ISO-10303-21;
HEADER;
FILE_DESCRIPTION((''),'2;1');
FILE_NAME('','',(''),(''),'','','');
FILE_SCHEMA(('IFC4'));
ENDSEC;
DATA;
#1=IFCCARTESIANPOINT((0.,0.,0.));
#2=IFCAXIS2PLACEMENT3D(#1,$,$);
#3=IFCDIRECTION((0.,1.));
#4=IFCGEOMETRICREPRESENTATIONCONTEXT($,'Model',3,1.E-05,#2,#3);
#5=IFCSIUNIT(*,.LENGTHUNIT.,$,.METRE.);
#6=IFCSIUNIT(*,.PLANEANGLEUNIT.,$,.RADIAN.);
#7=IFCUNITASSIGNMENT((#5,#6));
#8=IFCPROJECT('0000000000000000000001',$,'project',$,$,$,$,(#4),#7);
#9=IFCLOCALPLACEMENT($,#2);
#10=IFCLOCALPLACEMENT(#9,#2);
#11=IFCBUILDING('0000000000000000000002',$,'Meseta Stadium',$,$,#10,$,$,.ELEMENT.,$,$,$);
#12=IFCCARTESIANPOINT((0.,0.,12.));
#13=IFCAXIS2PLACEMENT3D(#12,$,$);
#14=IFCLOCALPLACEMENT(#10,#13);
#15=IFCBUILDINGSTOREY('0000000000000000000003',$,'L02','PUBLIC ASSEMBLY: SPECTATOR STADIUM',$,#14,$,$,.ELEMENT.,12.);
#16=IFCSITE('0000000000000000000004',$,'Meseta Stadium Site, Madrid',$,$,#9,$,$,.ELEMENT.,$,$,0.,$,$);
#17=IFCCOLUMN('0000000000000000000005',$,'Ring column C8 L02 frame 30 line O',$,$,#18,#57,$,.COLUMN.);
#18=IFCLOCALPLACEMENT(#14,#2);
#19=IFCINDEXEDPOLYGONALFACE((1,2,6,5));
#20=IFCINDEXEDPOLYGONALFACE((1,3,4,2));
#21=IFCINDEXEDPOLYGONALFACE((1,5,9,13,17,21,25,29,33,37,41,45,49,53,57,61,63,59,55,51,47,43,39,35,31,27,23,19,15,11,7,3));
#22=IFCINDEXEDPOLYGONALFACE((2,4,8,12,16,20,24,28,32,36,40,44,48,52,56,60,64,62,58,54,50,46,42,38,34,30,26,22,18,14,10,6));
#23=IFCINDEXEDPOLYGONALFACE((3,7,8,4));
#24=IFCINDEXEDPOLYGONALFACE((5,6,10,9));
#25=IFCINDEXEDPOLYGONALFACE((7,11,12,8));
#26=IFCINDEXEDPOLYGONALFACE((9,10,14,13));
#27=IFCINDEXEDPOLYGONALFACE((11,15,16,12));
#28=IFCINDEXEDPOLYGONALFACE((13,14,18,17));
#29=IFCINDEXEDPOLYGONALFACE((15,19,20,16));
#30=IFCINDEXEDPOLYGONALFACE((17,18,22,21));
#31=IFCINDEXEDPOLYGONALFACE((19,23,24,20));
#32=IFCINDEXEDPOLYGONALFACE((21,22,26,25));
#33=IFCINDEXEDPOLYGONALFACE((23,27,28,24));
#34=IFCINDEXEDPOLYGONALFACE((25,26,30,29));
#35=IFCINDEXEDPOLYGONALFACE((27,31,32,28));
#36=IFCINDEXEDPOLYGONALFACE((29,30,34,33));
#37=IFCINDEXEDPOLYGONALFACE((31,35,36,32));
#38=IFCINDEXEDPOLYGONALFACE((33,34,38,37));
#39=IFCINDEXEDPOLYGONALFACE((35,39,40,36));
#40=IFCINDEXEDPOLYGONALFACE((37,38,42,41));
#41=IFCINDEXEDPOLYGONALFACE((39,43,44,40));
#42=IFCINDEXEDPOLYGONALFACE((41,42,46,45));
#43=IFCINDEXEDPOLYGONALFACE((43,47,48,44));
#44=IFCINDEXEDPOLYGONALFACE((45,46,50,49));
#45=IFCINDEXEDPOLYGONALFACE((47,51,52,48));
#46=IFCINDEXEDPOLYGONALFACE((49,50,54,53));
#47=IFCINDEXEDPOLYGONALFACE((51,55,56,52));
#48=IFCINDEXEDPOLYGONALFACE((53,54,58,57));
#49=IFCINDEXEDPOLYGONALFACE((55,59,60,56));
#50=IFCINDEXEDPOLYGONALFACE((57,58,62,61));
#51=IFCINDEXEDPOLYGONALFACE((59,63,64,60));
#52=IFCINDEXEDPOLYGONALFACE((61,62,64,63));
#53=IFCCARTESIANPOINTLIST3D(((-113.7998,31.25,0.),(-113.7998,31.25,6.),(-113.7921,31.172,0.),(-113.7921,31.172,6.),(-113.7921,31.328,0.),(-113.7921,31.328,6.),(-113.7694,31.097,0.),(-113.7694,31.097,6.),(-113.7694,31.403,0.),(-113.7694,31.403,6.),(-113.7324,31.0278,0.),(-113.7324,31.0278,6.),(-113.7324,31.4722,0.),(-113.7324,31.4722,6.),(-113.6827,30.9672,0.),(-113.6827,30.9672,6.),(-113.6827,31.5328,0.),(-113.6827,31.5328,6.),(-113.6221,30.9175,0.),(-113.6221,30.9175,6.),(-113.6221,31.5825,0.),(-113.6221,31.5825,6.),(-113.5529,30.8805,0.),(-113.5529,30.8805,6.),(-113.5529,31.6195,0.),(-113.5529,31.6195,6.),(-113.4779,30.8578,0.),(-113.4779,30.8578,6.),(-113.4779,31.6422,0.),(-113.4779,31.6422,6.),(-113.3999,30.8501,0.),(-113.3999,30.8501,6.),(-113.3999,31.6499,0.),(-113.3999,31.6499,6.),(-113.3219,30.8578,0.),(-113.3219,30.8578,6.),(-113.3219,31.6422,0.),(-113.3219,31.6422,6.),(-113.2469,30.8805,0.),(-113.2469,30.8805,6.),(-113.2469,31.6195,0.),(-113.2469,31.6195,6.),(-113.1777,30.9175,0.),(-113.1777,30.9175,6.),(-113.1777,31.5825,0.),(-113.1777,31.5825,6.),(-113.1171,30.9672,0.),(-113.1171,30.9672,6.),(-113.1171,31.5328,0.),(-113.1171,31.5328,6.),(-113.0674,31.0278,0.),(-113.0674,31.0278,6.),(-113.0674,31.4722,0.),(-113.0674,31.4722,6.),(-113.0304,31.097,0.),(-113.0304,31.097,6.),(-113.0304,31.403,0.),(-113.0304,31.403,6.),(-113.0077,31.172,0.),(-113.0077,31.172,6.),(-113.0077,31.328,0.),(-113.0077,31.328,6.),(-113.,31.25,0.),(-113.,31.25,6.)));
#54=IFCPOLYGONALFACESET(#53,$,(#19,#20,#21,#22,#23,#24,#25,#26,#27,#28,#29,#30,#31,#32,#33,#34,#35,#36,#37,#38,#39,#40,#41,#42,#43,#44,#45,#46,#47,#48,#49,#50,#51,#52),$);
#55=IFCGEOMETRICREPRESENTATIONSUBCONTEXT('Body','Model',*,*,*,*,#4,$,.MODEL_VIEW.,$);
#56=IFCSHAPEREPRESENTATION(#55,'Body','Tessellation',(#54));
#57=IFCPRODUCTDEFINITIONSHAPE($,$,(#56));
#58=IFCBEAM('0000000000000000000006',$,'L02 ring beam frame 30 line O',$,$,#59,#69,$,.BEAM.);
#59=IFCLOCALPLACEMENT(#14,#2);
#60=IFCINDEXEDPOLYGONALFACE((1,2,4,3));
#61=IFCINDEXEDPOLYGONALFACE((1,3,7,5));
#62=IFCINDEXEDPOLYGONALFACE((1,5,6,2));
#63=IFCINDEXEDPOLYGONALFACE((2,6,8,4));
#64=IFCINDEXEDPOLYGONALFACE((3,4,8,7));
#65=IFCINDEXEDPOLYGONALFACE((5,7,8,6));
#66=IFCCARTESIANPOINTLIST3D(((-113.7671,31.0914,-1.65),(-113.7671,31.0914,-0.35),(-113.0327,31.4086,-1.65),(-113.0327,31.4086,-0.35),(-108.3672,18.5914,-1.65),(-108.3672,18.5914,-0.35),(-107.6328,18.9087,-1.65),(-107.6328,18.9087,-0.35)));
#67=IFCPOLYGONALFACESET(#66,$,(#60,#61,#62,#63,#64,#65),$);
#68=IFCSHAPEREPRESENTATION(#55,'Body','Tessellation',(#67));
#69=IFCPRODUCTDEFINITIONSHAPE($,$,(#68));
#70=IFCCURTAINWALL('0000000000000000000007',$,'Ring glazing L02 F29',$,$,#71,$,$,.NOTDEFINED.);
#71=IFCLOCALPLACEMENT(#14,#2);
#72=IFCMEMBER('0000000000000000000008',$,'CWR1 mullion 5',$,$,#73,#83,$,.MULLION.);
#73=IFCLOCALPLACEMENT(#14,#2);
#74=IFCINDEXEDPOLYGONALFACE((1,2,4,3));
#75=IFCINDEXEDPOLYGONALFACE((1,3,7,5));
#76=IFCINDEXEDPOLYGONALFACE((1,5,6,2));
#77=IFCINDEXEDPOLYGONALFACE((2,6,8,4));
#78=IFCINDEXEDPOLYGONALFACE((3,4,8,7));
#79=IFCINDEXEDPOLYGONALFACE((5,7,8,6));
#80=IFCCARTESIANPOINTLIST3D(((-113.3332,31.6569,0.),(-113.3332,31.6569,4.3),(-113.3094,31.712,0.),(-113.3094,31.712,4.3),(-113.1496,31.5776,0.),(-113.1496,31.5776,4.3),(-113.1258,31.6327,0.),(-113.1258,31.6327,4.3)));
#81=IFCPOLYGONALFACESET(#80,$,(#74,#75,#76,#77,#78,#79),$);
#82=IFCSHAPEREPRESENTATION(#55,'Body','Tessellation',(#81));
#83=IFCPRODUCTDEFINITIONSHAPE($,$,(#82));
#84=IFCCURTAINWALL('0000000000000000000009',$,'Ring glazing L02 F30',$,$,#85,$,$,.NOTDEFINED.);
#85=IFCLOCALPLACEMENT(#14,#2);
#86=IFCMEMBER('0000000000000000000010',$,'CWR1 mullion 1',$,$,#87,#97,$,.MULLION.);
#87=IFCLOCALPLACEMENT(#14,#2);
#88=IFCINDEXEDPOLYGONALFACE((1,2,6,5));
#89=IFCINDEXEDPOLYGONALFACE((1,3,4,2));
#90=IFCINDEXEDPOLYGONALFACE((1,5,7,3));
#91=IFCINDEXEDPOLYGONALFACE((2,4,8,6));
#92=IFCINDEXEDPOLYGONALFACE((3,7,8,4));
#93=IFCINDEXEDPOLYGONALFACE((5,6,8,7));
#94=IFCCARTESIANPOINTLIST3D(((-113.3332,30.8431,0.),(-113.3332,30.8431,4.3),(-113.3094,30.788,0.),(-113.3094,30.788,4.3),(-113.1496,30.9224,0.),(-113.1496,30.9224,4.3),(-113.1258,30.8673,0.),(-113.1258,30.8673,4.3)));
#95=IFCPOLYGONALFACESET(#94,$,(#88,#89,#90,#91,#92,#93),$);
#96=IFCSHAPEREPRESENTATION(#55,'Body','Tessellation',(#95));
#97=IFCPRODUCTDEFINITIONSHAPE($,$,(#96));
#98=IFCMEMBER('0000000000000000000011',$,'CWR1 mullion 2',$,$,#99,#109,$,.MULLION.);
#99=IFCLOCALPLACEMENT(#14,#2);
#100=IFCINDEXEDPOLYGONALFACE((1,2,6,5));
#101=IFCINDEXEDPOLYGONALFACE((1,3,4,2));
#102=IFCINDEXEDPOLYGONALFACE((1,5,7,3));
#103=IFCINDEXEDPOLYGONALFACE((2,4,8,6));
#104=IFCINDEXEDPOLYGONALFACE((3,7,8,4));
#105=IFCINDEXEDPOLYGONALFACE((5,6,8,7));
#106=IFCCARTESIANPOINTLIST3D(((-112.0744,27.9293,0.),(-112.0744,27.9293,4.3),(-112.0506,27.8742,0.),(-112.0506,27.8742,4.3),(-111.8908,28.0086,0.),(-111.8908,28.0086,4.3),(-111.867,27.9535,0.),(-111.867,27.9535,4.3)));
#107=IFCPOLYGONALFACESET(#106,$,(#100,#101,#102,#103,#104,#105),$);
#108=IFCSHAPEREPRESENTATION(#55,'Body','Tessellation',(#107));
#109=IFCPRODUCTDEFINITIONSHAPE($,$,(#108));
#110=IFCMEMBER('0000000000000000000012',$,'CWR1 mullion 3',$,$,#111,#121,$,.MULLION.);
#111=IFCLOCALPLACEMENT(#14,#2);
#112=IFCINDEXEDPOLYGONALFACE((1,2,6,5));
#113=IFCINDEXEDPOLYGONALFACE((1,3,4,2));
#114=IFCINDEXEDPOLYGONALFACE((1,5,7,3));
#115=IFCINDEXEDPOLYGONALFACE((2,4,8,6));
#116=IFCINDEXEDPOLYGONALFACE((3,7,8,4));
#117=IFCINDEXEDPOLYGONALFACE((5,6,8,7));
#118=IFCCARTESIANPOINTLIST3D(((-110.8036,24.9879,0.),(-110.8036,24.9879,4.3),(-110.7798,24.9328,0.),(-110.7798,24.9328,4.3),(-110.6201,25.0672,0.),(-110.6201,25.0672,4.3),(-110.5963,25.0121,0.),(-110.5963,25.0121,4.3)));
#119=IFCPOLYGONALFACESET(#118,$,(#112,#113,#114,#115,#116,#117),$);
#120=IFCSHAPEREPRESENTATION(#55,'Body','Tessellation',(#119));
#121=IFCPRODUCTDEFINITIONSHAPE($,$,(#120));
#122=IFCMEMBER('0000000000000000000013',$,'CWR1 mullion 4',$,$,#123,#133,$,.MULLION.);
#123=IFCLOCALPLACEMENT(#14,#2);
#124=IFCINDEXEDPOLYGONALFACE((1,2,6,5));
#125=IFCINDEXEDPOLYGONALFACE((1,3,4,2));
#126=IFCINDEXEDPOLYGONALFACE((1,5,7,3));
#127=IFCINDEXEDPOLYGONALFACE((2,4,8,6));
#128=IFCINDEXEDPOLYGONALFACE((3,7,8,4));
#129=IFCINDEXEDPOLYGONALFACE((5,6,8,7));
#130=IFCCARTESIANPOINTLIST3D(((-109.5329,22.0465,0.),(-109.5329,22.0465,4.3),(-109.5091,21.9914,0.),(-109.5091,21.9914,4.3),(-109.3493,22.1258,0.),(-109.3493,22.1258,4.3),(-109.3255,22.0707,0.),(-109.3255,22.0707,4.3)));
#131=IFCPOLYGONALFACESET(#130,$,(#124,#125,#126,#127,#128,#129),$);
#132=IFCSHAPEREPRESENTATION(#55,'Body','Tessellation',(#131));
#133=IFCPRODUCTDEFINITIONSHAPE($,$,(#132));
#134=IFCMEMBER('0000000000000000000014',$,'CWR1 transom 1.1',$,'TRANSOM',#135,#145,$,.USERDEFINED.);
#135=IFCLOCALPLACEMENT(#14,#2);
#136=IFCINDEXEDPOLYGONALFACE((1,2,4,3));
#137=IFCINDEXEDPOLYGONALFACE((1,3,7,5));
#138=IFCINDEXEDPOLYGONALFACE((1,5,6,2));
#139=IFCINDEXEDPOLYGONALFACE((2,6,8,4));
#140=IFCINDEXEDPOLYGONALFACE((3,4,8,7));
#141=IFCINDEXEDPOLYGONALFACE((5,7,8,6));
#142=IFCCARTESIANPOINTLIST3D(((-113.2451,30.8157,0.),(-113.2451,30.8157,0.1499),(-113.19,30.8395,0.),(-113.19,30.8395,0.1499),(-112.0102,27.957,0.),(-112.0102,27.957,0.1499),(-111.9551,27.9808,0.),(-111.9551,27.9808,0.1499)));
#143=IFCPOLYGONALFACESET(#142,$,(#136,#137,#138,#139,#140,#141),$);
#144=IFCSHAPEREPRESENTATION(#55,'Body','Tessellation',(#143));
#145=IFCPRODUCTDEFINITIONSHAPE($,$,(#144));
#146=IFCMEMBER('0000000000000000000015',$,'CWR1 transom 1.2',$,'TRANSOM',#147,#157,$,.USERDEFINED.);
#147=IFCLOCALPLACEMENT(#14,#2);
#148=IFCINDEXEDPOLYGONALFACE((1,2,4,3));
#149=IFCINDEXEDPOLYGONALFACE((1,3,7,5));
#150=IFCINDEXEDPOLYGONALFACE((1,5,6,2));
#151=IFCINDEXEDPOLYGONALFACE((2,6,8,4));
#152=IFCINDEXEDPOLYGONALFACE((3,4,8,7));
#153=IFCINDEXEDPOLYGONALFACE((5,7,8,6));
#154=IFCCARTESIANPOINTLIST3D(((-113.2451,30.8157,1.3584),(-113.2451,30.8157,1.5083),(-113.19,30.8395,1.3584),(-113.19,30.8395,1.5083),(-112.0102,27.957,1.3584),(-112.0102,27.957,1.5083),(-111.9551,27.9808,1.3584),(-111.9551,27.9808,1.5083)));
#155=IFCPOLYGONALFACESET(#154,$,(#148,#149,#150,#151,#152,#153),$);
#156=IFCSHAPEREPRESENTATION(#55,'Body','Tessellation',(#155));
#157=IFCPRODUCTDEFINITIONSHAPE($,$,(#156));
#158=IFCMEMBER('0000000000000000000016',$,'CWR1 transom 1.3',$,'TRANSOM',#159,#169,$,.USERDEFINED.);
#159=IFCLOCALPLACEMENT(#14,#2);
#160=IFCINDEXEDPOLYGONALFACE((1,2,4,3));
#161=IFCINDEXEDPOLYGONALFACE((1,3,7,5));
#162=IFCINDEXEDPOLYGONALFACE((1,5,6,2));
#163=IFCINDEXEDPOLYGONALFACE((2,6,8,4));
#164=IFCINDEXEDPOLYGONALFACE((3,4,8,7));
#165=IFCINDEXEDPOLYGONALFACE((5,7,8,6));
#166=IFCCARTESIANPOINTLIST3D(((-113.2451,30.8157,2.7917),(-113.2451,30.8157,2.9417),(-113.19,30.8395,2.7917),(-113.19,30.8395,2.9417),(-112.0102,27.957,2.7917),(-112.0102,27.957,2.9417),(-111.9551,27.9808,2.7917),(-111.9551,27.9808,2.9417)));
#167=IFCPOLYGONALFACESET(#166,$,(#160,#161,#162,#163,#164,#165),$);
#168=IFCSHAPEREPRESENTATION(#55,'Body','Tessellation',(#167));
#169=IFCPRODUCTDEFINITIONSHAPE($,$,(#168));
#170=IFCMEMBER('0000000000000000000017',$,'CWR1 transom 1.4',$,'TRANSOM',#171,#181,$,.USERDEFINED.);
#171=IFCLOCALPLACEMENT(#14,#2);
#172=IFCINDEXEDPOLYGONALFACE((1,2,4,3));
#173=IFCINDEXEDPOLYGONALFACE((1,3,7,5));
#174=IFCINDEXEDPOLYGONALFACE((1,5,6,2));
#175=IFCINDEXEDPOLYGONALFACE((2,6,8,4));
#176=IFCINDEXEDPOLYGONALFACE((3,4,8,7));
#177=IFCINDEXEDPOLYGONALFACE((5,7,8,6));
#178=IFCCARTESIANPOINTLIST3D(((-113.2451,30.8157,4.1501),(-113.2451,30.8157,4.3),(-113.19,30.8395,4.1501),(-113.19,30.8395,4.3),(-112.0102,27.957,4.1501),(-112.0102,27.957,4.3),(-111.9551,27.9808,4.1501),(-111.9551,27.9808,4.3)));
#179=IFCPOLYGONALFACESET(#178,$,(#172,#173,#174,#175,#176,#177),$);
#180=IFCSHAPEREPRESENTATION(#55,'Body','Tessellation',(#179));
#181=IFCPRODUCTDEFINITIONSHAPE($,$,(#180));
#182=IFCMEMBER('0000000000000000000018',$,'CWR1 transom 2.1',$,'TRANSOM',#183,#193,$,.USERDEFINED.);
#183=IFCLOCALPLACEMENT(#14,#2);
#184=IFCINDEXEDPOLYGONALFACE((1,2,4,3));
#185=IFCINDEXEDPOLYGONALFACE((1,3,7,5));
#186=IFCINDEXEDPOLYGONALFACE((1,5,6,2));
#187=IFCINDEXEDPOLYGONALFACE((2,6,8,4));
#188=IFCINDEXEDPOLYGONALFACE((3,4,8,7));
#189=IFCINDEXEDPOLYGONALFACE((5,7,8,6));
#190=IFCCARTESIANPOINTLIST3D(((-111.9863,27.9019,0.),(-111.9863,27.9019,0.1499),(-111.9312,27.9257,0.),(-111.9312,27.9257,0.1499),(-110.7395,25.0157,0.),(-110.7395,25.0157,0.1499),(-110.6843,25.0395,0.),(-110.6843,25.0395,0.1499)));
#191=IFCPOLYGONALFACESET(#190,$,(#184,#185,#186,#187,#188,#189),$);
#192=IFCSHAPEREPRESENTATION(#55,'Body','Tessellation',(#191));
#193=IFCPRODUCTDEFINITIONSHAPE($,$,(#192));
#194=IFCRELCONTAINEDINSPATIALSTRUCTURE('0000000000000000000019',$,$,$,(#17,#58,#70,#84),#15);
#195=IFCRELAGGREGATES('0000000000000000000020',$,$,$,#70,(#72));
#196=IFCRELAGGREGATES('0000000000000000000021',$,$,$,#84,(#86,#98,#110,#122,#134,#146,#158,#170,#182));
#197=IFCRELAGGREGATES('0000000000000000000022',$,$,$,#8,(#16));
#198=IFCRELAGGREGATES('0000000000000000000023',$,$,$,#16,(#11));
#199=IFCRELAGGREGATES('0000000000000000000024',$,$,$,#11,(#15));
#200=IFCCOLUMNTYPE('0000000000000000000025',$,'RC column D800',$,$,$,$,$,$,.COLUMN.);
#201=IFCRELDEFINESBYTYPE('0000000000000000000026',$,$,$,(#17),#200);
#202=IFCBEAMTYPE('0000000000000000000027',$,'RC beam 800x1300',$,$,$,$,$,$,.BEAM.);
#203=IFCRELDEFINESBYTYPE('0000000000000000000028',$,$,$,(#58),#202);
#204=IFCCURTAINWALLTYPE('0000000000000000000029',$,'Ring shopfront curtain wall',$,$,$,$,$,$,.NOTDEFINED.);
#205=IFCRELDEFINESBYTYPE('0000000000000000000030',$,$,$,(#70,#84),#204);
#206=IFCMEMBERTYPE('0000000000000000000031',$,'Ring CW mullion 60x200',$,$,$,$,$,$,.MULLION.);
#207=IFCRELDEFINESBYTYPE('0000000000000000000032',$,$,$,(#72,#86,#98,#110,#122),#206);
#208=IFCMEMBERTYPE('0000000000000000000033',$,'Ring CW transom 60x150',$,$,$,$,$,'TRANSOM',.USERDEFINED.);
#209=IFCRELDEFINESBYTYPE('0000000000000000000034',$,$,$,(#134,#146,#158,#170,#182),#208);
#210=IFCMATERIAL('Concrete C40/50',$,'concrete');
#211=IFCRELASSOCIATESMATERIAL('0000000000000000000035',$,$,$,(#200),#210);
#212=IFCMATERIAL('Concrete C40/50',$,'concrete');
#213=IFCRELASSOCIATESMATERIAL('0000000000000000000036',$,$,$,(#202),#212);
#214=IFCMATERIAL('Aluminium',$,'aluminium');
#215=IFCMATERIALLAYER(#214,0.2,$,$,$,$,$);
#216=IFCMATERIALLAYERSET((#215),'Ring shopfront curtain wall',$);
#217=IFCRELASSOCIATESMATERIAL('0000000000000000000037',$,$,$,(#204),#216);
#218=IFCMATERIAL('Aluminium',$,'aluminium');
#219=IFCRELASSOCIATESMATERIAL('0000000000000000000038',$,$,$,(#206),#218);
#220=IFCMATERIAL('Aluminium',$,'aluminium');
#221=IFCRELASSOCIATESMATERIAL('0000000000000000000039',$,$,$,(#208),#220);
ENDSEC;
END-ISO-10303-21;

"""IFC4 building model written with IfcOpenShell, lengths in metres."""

from ifc_helpers import new_model, si_unit, direction, frame, origin, origin_2d, place, context, subcontext, project, spatial, rectangle, circle, extrude, material, layer, layer_set, material_profile, profile_set, type_object, element, aggregate, save


model = new_model("IFC4")

# Units and contexts
model_context = context("Model", 3, precision=1e-05, world=origin(), true_north=direction((0.0, 1.0)))
body_context = subcontext(model_context, "Body", "Model", "MODEL_VIEW")
ifc_project = project(units=[si_unit("LENGTHUNIT", "METRE"), si_unit("PLANEANGLEUNIT", "RADIAN")], contexts=[model_context])

# Site, building, storey
site_placement = place(None, origin())
site = spatial("IfcSite", under=ifc_project, at=site_placement, Name="Meseta Stadium Site, Madrid", CompositionType="ELEMENT", RefElevation=0.0)
building_placement = place(site_placement, origin())
building = spatial("IfcBuilding", under=site, at=building_placement, Name="Meseta Stadium", CompositionType="ELEMENT")
storey_placement = place(building_placement, frame((0.0, 0.0, 12.0)))
storey = spatial("IfcBuildingStorey", under=building, at=storey_placement, Name="L02", Description="PUBLIC ASSEMBLY: SPECTATOR STADIUM", CompositionType="ELEMENT", Elevation=12.0)

# Column
ifc_material_1 = material(Name="Concrete C40/50", Category="concrete")
ifc_material_profile_1 = material_profile(ifc_material_1, circle(Radius=0.3999, at=origin_2d()), Name="RC D800")
ifc_profile_set_1 = profile_set([ifc_material_profile_1], Name="Concrete C40/50")
column_type = type_object("IfcColumnType", Name="RC column D800", PredefinedType="COLUMN", material=ifc_profile_set_1)
column_placement = place(storey_placement, frame((-113.3999, 31.25, 0.0), z_axis=(0.0, 0.0, 1.0), x_axis=(1.0, 0.0, 0.0)))
element("IfcColumn", 1, at=column_placement, inside=storey, type_object=column_type, Name="Ring column C8 L02 frame 30 line O", PredefinedType="COLUMN", context=body_context, shape_type="SweptSolid", body=[
    extrude(circle(Radius=0.3999, at=origin_2d()), origin(), (0.0, 0.0, 1.0), 6.0),
])

# Beam
ifc_material_2 = material(Name="Concrete C40/50", Category="concrete")
ifc_material_profile_2 = material_profile(ifc_material_2, rectangle(XDim=0.8, YDim=1.3, at=origin_2d()), Name="RC 800x1300")
ifc_profile_set_2 = profile_set([ifc_material_profile_2], Name="Concrete C40/50")
beam_type = type_object("IfcBeamType", Name="RC beam 800x1300", PredefinedType="BEAM", material=ifc_profile_set_2)
beam_placement = place(storey_placement, frame((-113.3999, 31.25, -1.0), z_axis=(0.396571, -0.918004, 0.0), x_axis=(0.918004, 0.396571, 0.0)))
element("IfcBeam", 2, at=beam_placement, inside=storey, type_object=beam_type, Name="L02 ring beam frame 30 line O", PredefinedType="BEAM", context=body_context, shape_type="SweptSolid", body=[
    extrude(rectangle(XDim=0.8, YDim=1.3, at=origin_2d()), origin(), (0.0, 0.0, 1.0), 13.6165),
])

# Curtain wall, member
ifc_material_3 = material(Name="Aluminium", Category="aluminium")
ifc_layer_1 = layer(ifc_material_3, 0.2)
ifc_layer_set_1 = layer_set([ifc_layer_1], Name="Ring shopfront curtain wall")
curtain_wall_type = type_object("IfcCurtainWallType", Name="Ring shopfront curtain wall", PredefinedType="NOTDEFINED", material=ifc_layer_set_1)
curtain_wall_1_placement = place(storey_placement, origin())
curtain_wall_1 = element("IfcCurtainWall", 3, at=curtain_wall_1_placement, inside=storey, type_object=curtain_wall_type, Name="Ring glazing L02 F29", PredefinedType="NOTDEFINED")
ifc_material_4 = material(Name="Aluminium", Category="aluminium")
ifc_material_profile_3 = material_profile(ifc_material_4, rectangle(XDim=0.2, YDim=0.0601, at=origin_2d()), Name="CW 200x60")
ifc_profile_set_3 = profile_set([ifc_material_profile_3], Name="Aluminium")
member_type_1 = type_object("IfcMemberType", Name="Ring CW mullion 60x200", PredefinedType="MULLION", material=ifc_profile_set_3)
member_1_placement = place(storey_placement, frame((-113.2295, 31.6448, 0.0), z_axis=(0.0, 0.0, 1.0), x_axis=(0.918, -0.396581, 0.0)))
member_1 = element("IfcMember", 4, at=member_1_placement, type_object=member_type_1, Name="CWR1 mullion 5", PredefinedType="MULLION", context=body_context, shape_type="SweptSolid", body=[
    extrude(rectangle(XDim=0.2, YDim=0.0601, at=origin_2d()), origin(), (0.0, 0.0, 1.0), 4.3),
])
aggregate(curtain_wall_1, [member_1])

# Curtain wall, members
curtain_wall_2_placement = place(storey_placement, origin())
curtain_wall_2 = element("IfcCurtainWall", 5, at=curtain_wall_2_placement, inside=storey, type_object=curtain_wall_type, Name="Ring glazing L02 F30", PredefinedType="NOTDEFINED")
member_2_placement = place(storey_placement, frame((-113.2295, 30.8552, 0.0), z_axis=(0.0, 0.0, 1.0), x_axis=(0.918, 0.396581, 0.0)))
member_2 = element("IfcMember", 6, at=member_2_placement, type_object=member_type_1, Name="CWR1 mullion 1", PredefinedType="MULLION", context=body_context, shape_type="SweptSolid", body=[
    extrude(rectangle(XDim=0.2, YDim=0.0601, at=origin_2d()), origin(), (0.0, 0.0, 1.0), 4.3),
])
member_3_placement = place(storey_placement, frame((-111.9707, 27.9414, 0.0), z_axis=(0.0, 0.0, 1.0), x_axis=(0.918, 0.396581, 0.0)))
member_3 = element("IfcMember", 7, at=member_3_placement, type_object=member_type_1, Name="CWR1 mullion 2", PredefinedType="MULLION", context=body_context, shape_type="SweptSolid", body=[
    extrude(rectangle(XDim=0.2, YDim=0.0601, at=origin_2d()), origin(), (0.0, 0.0, 1.0), 4.3),
])
member_4_placement = place(storey_placement, frame((-110.7, 25.0, 0.0), z_axis=(0.0, 0.0, 1.0), x_axis=(0.918, 0.396581, 0.0)))
member_4 = element("IfcMember", 8, at=member_4_placement, type_object=member_type_1, Name="CWR1 mullion 3", PredefinedType="MULLION", context=body_context, shape_type="SweptSolid", body=[
    extrude(rectangle(XDim=0.2, YDim=0.0601, at=origin_2d()), origin(), (0.0, 0.0, 1.0), 4.3),
])
member_5_placement = place(storey_placement, frame((-109.4292, 22.0586, 0.0), z_axis=(0.0, 0.0, 1.0), x_axis=(0.918, 0.396581, 0.0)))
member_5 = element("IfcMember", 9, at=member_5_placement, type_object=member_type_1, Name="CWR1 mullion 4", PredefinedType="MULLION", context=body_context, shape_type="SweptSolid", body=[
    extrude(rectangle(XDim=0.2, YDim=0.0601, at=origin_2d()), origin(), (0.0, 0.0, 1.0), 4.3),
])
ifc_material_5 = material(Name="Aluminium", Category="aluminium")
ifc_material_profile_4 = material_profile(ifc_material_5, rectangle(XDim=0.0601, YDim=0.1499, at=origin_2d()), Name="CW 60x150")
ifc_profile_set_4 = profile_set([ifc_material_profile_4], Name="Aluminium")
member_type_2 = type_object("IfcMemberType", Name="Ring CW transom 60x150", ElementType="TRANSOM", PredefinedType="USERDEFINED", material=ifc_profile_set_4)
member_6_placement = place(storey_placement, frame((-113.2175, 30.8276, 0.075), z_axis=(0.396558, -0.91801, 0.0), x_axis=(0.91801, 0.396558, 0.0)))
member_6 = element("IfcMember", 10, at=member_6_placement, type_object=member_type_2, Name="CWR1 transom 1.1", ObjectType="TRANSOM", PredefinedType="USERDEFINED", context=body_context, shape_type="SweptSolid", body=[
    extrude(rectangle(XDim=0.0601, YDim=0.1499, at=origin_2d()), origin(), (0.0, 0.0, 1.0), 3.114),
])
member_7_placement = place(storey_placement, frame((-113.2175, 30.8276, 1.4333), z_axis=(0.396558, -0.91801, 0.0), x_axis=(0.91801, 0.396558, 0.0)))
member_7 = element("IfcMember", 11, at=member_7_placement, type_object=member_type_2, Name="CWR1 transom 1.2", ObjectType="TRANSOM", PredefinedType="USERDEFINED", context=body_context, shape_type="SweptSolid", body=[
    extrude(rectangle(XDim=0.0601, YDim=0.1499, at=origin_2d()), origin(), (0.0, 0.0, 1.0), 3.114),
])
member_8_placement = place(storey_placement, frame((-113.2175, 30.8276, 2.8667), z_axis=(0.396558, -0.91801, 0.0), x_axis=(0.91801, 0.396558, 0.0)))
member_8 = element("IfcMember", 12, at=member_8_placement, type_object=member_type_2, Name="CWR1 transom 1.3", ObjectType="TRANSOM", PredefinedType="USERDEFINED", context=body_context, shape_type="SweptSolid", body=[
    extrude(rectangle(XDim=0.0601, YDim=0.1499, at=origin_2d()), origin(), (0.0, 0.0, 1.0), 3.114),
])
member_9_placement = place(storey_placement, frame((-113.2175, 30.8276, 4.2251), z_axis=(0.396558, -0.91801, 0.0), x_axis=(0.91801, 0.396558, 0.0)))
member_9 = element("IfcMember", 13, at=member_9_placement, type_object=member_type_2, Name="CWR1 transom 1.4", ObjectType="TRANSOM", PredefinedType="USERDEFINED", context=body_context, shape_type="SweptSolid", body=[
    extrude(rectangle(XDim=0.0601, YDim=0.1499, at=origin_2d()), origin(), (0.0, 0.0, 1.0), 3.114),
])
member_10_placement = place(storey_placement, frame((-111.9587, 27.9138, 0.075), z_axis=(0.39657, -0.918005, 0.0), x_axis=(0.918005, 0.39657, 0.0)))
member_10 = element("IfcMember", 14, at=member_10_placement, type_object=member_type_2, Name="CWR1 transom 2.1", ObjectType="TRANSOM", PredefinedType="USERDEFINED", context=body_context, shape_type="SweptSolid", body=[
    extrude(rectangle(XDim=0.0601, YDim=0.1499, at=origin_2d()), origin(), (0.0, 0.0, 1.0), 3.144),
])
aggregate(curtain_wall_2, [member_2, member_3, member_4, member_5, member_6, member_7, member_8, member_9, member_10])

save(model, "model.ifc")
